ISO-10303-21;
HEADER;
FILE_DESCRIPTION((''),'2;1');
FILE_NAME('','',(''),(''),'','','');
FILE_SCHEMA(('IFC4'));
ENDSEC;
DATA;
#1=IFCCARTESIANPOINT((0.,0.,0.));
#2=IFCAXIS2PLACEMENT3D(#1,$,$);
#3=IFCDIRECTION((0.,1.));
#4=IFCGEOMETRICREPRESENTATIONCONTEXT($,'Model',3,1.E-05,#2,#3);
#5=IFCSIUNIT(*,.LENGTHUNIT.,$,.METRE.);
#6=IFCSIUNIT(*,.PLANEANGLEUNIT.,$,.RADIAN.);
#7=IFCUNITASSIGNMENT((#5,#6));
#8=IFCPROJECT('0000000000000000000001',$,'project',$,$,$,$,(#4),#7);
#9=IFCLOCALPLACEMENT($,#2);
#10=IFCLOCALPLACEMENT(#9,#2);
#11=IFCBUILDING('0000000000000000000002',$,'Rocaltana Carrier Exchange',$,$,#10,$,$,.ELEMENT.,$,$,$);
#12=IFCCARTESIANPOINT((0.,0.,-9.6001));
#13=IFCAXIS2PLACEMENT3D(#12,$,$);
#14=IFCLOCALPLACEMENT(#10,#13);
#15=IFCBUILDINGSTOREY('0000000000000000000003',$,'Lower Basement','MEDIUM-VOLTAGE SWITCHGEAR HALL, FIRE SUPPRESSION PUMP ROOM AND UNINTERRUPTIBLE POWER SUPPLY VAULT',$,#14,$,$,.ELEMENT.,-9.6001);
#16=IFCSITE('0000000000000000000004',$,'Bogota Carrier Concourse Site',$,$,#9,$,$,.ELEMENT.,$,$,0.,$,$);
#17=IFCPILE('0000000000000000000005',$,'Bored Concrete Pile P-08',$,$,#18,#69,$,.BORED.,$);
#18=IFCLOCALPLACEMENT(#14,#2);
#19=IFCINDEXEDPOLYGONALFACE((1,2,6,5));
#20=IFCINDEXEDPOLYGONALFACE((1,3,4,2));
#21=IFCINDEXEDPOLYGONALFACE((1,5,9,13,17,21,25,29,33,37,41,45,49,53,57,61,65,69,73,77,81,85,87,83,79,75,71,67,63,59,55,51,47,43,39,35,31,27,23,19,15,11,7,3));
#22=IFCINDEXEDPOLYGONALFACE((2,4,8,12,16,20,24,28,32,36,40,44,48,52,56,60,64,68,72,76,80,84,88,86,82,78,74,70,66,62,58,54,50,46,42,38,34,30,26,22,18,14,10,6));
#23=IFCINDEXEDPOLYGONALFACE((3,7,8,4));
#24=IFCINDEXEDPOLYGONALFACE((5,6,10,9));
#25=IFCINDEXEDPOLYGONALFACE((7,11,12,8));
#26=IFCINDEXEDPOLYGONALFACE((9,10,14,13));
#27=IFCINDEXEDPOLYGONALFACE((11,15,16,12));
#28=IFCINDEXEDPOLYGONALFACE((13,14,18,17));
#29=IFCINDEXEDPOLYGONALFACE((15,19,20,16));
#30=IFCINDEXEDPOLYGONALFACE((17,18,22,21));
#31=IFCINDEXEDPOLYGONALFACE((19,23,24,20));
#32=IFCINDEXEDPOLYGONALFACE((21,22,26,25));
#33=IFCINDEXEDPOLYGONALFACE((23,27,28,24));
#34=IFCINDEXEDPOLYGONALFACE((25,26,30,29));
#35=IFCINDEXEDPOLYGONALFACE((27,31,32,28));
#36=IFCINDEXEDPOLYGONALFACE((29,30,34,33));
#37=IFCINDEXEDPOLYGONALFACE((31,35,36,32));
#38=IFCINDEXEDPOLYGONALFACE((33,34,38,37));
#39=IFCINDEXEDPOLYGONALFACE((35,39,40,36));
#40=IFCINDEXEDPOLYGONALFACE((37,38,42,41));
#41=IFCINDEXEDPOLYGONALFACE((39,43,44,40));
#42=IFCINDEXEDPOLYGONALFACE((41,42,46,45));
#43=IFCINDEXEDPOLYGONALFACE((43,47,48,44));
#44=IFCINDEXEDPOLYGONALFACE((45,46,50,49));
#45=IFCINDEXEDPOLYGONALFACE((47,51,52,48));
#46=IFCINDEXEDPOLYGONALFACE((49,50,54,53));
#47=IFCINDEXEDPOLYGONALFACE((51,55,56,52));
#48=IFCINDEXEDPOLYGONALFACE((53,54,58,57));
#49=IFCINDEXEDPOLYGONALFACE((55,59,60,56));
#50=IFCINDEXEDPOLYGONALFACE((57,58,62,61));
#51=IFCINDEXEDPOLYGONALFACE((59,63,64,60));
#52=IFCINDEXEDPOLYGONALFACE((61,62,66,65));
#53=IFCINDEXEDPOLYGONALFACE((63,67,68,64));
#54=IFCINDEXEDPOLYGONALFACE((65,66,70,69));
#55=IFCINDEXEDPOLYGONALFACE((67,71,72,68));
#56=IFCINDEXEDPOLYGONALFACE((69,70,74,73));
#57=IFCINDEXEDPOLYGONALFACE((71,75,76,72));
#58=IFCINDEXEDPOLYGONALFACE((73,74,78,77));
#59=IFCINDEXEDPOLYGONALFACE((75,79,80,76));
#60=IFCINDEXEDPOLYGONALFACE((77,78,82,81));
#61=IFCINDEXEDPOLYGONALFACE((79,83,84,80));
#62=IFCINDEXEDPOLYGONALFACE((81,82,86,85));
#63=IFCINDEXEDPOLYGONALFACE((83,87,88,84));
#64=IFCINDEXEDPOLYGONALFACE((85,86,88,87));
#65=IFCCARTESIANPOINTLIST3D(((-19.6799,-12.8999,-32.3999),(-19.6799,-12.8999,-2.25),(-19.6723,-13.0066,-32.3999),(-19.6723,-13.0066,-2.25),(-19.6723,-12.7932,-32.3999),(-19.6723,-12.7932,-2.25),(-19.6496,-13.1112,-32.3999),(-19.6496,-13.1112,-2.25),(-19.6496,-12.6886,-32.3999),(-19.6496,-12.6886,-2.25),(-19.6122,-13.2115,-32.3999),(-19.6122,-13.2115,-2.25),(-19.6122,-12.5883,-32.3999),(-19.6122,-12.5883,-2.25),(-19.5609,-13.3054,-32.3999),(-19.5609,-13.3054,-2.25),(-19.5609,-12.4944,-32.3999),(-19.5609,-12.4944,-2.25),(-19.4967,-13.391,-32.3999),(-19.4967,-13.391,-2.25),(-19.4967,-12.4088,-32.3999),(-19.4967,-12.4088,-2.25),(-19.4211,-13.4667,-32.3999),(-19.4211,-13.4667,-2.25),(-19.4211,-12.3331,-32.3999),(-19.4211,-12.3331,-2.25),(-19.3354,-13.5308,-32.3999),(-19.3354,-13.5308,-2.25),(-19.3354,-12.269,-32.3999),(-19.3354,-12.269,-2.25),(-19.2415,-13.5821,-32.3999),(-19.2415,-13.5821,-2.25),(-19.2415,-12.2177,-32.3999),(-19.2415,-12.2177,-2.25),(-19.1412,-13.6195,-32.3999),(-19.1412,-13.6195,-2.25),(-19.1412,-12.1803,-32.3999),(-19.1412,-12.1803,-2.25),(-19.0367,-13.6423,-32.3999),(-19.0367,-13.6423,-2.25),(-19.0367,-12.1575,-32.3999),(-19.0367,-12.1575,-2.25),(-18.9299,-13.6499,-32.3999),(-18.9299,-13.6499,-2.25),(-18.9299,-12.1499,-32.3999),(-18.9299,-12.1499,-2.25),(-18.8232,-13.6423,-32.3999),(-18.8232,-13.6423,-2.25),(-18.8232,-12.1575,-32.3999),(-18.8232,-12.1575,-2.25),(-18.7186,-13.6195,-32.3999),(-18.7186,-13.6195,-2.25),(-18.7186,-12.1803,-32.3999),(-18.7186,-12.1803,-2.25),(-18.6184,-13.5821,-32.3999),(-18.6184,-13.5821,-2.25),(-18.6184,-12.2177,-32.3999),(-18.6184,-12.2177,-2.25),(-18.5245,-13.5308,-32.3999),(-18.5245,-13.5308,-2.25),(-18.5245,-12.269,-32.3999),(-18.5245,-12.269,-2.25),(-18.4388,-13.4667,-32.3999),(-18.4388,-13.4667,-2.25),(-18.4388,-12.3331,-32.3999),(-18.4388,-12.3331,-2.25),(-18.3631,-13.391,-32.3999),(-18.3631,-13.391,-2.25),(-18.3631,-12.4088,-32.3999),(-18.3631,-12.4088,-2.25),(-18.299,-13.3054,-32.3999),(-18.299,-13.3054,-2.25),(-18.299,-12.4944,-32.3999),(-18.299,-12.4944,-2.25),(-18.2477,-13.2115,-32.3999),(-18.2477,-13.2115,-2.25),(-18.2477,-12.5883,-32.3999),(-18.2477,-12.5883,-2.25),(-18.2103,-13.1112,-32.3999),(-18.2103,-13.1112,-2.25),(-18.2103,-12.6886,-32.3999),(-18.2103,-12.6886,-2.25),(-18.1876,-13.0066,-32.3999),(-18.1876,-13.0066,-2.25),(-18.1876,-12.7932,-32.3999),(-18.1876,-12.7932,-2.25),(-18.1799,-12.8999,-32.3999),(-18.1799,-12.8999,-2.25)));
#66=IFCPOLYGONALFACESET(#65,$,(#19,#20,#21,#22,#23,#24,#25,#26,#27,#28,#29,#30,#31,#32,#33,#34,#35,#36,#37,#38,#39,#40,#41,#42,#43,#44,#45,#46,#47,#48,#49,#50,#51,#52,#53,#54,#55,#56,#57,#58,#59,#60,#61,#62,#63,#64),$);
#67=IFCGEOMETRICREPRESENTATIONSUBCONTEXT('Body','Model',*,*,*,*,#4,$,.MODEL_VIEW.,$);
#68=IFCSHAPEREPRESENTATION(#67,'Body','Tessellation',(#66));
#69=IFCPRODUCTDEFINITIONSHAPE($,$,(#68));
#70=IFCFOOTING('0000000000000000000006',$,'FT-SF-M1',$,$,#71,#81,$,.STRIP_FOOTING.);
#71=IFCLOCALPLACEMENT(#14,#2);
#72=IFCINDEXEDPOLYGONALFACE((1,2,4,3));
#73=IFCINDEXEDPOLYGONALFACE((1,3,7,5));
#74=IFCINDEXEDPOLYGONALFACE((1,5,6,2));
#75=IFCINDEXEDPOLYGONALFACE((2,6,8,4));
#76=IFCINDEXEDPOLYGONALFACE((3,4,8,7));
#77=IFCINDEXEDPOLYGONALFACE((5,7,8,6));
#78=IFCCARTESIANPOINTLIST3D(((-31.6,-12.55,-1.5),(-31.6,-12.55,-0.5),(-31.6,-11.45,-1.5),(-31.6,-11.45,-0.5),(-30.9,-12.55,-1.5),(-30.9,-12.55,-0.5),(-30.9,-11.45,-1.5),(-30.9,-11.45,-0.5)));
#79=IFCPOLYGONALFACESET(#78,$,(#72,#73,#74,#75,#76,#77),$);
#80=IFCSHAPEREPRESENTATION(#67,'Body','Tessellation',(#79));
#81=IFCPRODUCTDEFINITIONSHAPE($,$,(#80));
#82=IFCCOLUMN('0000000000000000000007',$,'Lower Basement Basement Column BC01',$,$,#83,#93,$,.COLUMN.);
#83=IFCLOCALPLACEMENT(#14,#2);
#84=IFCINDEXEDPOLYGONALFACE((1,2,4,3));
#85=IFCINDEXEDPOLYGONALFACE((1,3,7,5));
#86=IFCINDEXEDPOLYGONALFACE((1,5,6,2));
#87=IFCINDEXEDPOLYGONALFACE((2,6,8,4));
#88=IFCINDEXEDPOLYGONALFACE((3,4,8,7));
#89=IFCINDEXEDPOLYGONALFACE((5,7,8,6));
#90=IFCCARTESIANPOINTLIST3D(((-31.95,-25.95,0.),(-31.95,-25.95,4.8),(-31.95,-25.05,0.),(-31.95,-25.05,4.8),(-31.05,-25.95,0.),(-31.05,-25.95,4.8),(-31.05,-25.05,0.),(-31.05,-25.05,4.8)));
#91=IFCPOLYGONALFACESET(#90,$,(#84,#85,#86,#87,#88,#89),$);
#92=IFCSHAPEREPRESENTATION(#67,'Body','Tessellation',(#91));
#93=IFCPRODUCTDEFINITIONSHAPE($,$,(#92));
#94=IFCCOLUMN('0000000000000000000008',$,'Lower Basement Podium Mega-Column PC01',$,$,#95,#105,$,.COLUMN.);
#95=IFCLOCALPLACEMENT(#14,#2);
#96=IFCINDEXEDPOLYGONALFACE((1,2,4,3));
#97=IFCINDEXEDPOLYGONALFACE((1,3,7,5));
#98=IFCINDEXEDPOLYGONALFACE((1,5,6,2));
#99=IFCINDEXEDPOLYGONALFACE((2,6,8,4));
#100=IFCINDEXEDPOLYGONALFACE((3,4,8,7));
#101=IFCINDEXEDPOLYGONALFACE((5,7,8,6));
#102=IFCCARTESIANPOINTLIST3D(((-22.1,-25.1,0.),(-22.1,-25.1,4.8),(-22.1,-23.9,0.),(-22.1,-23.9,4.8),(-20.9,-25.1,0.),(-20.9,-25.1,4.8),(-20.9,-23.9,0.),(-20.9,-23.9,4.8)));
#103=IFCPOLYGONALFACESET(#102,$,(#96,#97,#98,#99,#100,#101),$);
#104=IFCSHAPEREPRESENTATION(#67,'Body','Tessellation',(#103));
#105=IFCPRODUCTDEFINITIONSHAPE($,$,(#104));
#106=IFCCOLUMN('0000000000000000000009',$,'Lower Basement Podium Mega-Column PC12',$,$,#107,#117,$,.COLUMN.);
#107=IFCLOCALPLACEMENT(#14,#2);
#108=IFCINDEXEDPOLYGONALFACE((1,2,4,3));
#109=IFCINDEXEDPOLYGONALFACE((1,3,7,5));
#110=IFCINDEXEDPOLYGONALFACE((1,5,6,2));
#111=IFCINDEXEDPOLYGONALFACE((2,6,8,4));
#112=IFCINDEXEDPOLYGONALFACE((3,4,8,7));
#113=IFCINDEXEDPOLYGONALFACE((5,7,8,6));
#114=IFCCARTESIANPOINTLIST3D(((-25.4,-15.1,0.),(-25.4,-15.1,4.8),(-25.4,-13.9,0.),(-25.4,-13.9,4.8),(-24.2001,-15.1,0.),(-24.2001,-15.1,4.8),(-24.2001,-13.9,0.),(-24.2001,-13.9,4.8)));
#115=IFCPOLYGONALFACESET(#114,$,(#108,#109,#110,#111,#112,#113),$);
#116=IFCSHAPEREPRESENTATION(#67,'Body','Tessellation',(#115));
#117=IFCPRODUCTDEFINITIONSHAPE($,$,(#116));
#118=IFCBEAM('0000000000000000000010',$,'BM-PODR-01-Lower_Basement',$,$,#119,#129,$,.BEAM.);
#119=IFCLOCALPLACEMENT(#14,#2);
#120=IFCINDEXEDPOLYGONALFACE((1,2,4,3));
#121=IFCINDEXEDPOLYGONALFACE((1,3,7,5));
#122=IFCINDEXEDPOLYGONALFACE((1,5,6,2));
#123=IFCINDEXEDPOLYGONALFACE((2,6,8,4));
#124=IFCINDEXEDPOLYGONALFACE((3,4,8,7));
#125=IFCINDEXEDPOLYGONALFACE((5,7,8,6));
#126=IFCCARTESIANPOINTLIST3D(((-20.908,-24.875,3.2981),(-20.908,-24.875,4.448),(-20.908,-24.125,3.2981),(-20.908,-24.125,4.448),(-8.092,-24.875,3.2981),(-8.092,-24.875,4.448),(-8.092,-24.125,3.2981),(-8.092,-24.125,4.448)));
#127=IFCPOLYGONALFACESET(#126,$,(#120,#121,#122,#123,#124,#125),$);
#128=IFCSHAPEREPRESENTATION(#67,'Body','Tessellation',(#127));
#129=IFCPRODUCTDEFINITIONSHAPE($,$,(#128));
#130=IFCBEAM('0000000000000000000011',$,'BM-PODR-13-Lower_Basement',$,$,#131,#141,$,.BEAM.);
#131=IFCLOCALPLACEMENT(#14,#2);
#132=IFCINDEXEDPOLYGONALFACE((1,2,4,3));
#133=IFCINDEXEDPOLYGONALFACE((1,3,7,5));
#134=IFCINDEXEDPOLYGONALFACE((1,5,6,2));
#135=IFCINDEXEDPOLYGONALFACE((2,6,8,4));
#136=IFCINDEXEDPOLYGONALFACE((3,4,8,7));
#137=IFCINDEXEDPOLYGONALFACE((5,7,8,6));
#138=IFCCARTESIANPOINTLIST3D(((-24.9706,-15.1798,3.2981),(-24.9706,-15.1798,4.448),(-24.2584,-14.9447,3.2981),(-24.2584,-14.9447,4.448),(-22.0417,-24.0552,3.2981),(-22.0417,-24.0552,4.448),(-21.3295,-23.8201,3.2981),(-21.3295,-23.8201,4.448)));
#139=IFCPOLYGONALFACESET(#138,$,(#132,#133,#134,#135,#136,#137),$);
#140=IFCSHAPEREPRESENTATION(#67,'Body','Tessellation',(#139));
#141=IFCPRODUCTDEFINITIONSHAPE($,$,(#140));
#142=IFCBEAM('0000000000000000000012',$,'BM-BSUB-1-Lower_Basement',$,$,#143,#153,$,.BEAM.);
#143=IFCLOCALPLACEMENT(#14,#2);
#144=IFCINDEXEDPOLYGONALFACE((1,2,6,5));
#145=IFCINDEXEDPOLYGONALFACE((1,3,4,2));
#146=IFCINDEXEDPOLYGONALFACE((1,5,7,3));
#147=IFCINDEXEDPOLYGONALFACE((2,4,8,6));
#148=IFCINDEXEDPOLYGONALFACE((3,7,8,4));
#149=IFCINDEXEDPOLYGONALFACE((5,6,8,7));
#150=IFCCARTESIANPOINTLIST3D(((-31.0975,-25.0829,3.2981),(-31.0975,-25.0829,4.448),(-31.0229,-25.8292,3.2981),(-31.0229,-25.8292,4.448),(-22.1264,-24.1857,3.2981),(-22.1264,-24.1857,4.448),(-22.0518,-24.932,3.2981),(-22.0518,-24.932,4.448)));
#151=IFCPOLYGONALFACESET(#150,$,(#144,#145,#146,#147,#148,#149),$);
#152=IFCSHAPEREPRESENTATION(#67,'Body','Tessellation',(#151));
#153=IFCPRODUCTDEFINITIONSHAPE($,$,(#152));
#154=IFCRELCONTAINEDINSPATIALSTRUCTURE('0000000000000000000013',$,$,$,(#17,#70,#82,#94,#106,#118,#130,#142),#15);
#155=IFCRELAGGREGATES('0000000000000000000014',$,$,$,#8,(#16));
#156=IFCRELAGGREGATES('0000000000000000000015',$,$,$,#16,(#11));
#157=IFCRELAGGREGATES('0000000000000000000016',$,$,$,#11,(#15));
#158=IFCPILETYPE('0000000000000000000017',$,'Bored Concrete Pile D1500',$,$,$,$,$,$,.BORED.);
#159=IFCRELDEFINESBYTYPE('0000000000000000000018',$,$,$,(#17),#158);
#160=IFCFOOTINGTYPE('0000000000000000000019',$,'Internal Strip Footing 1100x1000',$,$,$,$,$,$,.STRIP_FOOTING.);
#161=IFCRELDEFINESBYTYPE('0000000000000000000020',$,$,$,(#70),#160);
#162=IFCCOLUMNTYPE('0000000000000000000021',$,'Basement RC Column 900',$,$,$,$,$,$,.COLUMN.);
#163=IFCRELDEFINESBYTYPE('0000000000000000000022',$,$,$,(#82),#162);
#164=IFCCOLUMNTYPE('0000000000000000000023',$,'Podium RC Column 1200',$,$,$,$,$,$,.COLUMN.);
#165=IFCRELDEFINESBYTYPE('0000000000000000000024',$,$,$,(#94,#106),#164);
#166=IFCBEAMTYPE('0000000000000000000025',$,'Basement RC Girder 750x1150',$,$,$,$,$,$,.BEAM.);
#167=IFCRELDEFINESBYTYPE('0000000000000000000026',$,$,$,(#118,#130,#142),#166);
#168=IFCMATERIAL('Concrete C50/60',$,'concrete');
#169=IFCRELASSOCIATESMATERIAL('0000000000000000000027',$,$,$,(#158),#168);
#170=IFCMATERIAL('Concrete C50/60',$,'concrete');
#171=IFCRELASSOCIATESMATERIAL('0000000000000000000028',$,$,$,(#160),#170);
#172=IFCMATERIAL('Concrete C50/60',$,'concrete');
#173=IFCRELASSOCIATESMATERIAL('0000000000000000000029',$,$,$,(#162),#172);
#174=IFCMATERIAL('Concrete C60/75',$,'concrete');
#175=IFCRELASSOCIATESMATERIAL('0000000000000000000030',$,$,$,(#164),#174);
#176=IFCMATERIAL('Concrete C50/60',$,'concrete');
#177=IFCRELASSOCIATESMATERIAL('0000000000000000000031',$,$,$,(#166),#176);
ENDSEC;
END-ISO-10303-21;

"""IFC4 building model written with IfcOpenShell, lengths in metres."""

from ifc_helpers import new_model, si_unit, direction, frame, origin, origin_2d, place, context, subcontext, project, spatial, rectangle, circle, extrude, material, material_profile, profile_set, type_object, element, save


model = new_model("IFC4")

# Units and contexts
model_context = context("Model", 3, precision=1e-05, world=origin(), true_north=direction((0.0, 1.0)))
body_context = subcontext(model_context, "Body", "Model", "MODEL_VIEW")
ifc_project = project(units=[si_unit("LENGTHUNIT", "METRE"), si_unit("PLANEANGLEUNIT", "RADIAN")], contexts=[model_context])

# Site, building, storey
site_placement = place(None, origin())
site = spatial("IfcSite", under=ifc_project, at=site_placement, Name="Bogota Carrier Concourse Site", CompositionType="ELEMENT", RefElevation=0.0)
building_placement = place(site_placement, origin())
building = spatial("IfcBuilding", under=site, at=building_placement, Name="Rocaltana Carrier Exchange", CompositionType="ELEMENT")
storey_placement = place(building_placement, frame((0.0, 0.0, -9.6001)))
storey = spatial("IfcBuildingStorey", under=building, at=storey_placement, Name="Lower Basement", Description="MEDIUM-VOLTAGE SWITCHGEAR HALL, FIRE SUPPRESSION PUMP ROOM AND UNINTERRUPTIBLE POWER SUPPLY VAULT", CompositionType="ELEMENT", Elevation=-9.6001)

# Pile
ifc_material_1 = material(Name="Concrete C50/60", Category="concrete")
ifc_material_profile_1 = material_profile(ifc_material_1, circle(Radius=0.75, at=origin_2d()), Name="PILE-D1500")
ifc_profile_set_1 = profile_set([ifc_material_profile_1], Name="Concrete C50/60")
pile_type = type_object("IfcPileType", Name="Bored Concrete Pile D1500", PredefinedType="BORED", material=ifc_profile_set_1)
for number, where, z_axis, x_axis, name in (
    (1, (-18.9299, -12.8999, -2.25), (0.0, 0.0, -1.0), (1.0, 0.0, 0.0), "Bored Concrete Pile P-08"),
):
    element("IfcPile", number, at=place(storey_placement, frame(where, z_axis=z_axis, x_axis=x_axis)), inside=storey, type_object=pile_type, Name=name, PredefinedType="BORED", context=body_context, shape_type="SweptSolid", body=[
        extrude(circle(Radius=0.75, at=origin_2d()), origin(), (0.0, 0.0, 1.0), 30.1499),
    ])

# Footing
ifc_material_2 = material(Name="Concrete C50/60", Category="concrete")
footing_type = type_object("IfcFootingType", Name="Internal Strip Footing 1100x1000", PredefinedType="STRIP_FOOTING", material=ifc_material_2)
footing_placement = place(storey_placement, frame((-31.25, -12.0, -1.5), z_axis=(0.0, 0.0, 1.0), x_axis=(1.0, 0.0, 0.0)))
element("IfcFooting", 2, at=footing_placement, inside=storey, type_object=footing_type, Name="FT-SF-M1", PredefinedType="STRIP_FOOTING", context=body_context, shape_type="SweptSolid", body=[
    extrude(rectangle(XDim=0.7, YDim=1.1001, at=origin_2d()), origin(), (0.0, 0.0, 1.0), 1.0),
])

# Columns
ifc_material_3 = material(Name="Concrete C50/60", Category="concrete")
ifc_material_profile_2 = material_profile(ifc_material_3, rectangle(XDim=0.8999, YDim=0.8999, at=origin_2d()), Name="RC-COL-900X900")
ifc_profile_set_2 = profile_set([ifc_material_profile_2], Name="Concrete C50/60")
column_type_1 = type_object("IfcColumnType", Name="Basement RC Column 900", PredefinedType="COLUMN", material=ifc_profile_set_2)
column_placement = place(storey_placement, frame((-31.5, -25.5, 0.0), z_axis=(0.0, 0.0, 1.0), x_axis=(1.0, 0.0, 0.0)))
element("IfcColumn", 3, at=column_placement, inside=storey, type_object=column_type_1, Name="Lower Basement Basement Column BC01", PredefinedType="COLUMN", context=body_context, shape_type="SweptSolid", body=[
    extrude(rectangle(XDim=0.8999, YDim=0.8999, at=origin_2d()), origin(), (0.0, 0.0, 1.0), 4.8),
])
ifc_material_4 = material(Name="Concrete C60/75", Category="concrete")
ifc_material_profile_3 = material_profile(ifc_material_4, rectangle(XDim=1.2, YDim=1.2, at=origin_2d()), Name="RC-COL-1200X1200")
ifc_profile_set_3 = profile_set([ifc_material_profile_3], Name="Concrete C60/75")
column_type_2 = type_object("IfcColumnType", Name="Podium RC Column 1200", PredefinedType="COLUMN", material=ifc_profile_set_3)
for number, where, z_axis, x_axis, name in (
    (4, (-21.5, -24.5, 0.0), (0.0, 0.0, 1.0), (1.0, 0.0, 0.0), "Lower Basement Podium Mega-Column PC01"),
    (5, (-24.8, -14.5, 0.0), (0.0, 0.0, 1.0), (1.0, 0.0, 0.0), "Lower Basement Podium Mega-Column PC12"),
):
    element("IfcColumn", number, at=place(storey_placement, frame(where, z_axis=z_axis, x_axis=x_axis)), inside=storey, type_object=column_type_2, Name=name, PredefinedType="COLUMN", context=body_context, shape_type="SweptSolid", body=[
        extrude(rectangle(XDim=1.2, YDim=1.2, at=origin_2d()), origin(), (0.0, 0.0, 1.0), 4.8),
    ])

# Beams
ifc_material_5 = material(Name="Concrete C50/60", Category="concrete")
ifc_material_profile_4 = material_profile(ifc_material_5, rectangle(XDim=0.75, YDim=1.1499, at=origin_2d()), Name="RC-BM-750X1150")
ifc_profile_set_4 = profile_set([ifc_material_profile_4], Name="Concrete C50/60")
beam_type_1 = type_object("IfcBeamType", Name="Basement RC Girder 750x1150", PredefinedType="BEAM", material=ifc_profile_set_4)
beam_1_placement = place(storey_placement, frame((-20.908, -24.5, 3.873), z_axis=(1.0, 0.0, 0.0), x_axis=(0.0, 1.0, 0.0)))
element("IfcBeam", 6, at=beam_1_placement, inside=storey, type_object=beam_type_1, Name="BM-PODR-01-Lower_Basement", PredefinedType="BEAM", context=body_context, shape_type="SweptSolid", body=[
    extrude(rectangle(XDim=0.75, YDim=1.1499, at=origin_2d()), origin(), (0.0, 0.0, 1.0), 12.8159),
])
beam_2_placement = place(storey_placement, frame((-24.6145, -15.0623, 3.873), z_axis=(0.313382, -0.949627, 0.0), x_axis=(0.949627, 0.313382, 0.0)))
element("IfcBeam", 7, at=beam_2_placement, inside=storey, type_object=beam_type_1, Name="BM-PODR-13-Lower_Basement", PredefinedType="BEAM", context=body_context, shape_type="SweptSolid", body=[
    extrude(rectangle(XDim=0.75, YDim=1.1499, at=origin_2d()), origin(), (0.0, 0.0, 1.0), 9.3462),
])
beam_3_placement = place(storey_placement, frame((-22.0891, -24.5588, 3.873), z_axis=(-0.995036, -0.099514, 0.0), x_axis=(0.099514, -0.995036, 0.0)))
element("IfcBeam", 8, at=beam_3_placement, inside=storey, type_object=beam_type_1, Name="BM-BSUB-1-Lower_Basement", PredefinedType="BEAM", context=body_context, shape_type="SweptSolid", body=[
    extrude(rectangle(XDim=0.75, YDim=1.1499, at=origin_2d()), origin(), (0.0, 0.0, 1.0), 9.0159),
])

save(model, "model.ifc")
